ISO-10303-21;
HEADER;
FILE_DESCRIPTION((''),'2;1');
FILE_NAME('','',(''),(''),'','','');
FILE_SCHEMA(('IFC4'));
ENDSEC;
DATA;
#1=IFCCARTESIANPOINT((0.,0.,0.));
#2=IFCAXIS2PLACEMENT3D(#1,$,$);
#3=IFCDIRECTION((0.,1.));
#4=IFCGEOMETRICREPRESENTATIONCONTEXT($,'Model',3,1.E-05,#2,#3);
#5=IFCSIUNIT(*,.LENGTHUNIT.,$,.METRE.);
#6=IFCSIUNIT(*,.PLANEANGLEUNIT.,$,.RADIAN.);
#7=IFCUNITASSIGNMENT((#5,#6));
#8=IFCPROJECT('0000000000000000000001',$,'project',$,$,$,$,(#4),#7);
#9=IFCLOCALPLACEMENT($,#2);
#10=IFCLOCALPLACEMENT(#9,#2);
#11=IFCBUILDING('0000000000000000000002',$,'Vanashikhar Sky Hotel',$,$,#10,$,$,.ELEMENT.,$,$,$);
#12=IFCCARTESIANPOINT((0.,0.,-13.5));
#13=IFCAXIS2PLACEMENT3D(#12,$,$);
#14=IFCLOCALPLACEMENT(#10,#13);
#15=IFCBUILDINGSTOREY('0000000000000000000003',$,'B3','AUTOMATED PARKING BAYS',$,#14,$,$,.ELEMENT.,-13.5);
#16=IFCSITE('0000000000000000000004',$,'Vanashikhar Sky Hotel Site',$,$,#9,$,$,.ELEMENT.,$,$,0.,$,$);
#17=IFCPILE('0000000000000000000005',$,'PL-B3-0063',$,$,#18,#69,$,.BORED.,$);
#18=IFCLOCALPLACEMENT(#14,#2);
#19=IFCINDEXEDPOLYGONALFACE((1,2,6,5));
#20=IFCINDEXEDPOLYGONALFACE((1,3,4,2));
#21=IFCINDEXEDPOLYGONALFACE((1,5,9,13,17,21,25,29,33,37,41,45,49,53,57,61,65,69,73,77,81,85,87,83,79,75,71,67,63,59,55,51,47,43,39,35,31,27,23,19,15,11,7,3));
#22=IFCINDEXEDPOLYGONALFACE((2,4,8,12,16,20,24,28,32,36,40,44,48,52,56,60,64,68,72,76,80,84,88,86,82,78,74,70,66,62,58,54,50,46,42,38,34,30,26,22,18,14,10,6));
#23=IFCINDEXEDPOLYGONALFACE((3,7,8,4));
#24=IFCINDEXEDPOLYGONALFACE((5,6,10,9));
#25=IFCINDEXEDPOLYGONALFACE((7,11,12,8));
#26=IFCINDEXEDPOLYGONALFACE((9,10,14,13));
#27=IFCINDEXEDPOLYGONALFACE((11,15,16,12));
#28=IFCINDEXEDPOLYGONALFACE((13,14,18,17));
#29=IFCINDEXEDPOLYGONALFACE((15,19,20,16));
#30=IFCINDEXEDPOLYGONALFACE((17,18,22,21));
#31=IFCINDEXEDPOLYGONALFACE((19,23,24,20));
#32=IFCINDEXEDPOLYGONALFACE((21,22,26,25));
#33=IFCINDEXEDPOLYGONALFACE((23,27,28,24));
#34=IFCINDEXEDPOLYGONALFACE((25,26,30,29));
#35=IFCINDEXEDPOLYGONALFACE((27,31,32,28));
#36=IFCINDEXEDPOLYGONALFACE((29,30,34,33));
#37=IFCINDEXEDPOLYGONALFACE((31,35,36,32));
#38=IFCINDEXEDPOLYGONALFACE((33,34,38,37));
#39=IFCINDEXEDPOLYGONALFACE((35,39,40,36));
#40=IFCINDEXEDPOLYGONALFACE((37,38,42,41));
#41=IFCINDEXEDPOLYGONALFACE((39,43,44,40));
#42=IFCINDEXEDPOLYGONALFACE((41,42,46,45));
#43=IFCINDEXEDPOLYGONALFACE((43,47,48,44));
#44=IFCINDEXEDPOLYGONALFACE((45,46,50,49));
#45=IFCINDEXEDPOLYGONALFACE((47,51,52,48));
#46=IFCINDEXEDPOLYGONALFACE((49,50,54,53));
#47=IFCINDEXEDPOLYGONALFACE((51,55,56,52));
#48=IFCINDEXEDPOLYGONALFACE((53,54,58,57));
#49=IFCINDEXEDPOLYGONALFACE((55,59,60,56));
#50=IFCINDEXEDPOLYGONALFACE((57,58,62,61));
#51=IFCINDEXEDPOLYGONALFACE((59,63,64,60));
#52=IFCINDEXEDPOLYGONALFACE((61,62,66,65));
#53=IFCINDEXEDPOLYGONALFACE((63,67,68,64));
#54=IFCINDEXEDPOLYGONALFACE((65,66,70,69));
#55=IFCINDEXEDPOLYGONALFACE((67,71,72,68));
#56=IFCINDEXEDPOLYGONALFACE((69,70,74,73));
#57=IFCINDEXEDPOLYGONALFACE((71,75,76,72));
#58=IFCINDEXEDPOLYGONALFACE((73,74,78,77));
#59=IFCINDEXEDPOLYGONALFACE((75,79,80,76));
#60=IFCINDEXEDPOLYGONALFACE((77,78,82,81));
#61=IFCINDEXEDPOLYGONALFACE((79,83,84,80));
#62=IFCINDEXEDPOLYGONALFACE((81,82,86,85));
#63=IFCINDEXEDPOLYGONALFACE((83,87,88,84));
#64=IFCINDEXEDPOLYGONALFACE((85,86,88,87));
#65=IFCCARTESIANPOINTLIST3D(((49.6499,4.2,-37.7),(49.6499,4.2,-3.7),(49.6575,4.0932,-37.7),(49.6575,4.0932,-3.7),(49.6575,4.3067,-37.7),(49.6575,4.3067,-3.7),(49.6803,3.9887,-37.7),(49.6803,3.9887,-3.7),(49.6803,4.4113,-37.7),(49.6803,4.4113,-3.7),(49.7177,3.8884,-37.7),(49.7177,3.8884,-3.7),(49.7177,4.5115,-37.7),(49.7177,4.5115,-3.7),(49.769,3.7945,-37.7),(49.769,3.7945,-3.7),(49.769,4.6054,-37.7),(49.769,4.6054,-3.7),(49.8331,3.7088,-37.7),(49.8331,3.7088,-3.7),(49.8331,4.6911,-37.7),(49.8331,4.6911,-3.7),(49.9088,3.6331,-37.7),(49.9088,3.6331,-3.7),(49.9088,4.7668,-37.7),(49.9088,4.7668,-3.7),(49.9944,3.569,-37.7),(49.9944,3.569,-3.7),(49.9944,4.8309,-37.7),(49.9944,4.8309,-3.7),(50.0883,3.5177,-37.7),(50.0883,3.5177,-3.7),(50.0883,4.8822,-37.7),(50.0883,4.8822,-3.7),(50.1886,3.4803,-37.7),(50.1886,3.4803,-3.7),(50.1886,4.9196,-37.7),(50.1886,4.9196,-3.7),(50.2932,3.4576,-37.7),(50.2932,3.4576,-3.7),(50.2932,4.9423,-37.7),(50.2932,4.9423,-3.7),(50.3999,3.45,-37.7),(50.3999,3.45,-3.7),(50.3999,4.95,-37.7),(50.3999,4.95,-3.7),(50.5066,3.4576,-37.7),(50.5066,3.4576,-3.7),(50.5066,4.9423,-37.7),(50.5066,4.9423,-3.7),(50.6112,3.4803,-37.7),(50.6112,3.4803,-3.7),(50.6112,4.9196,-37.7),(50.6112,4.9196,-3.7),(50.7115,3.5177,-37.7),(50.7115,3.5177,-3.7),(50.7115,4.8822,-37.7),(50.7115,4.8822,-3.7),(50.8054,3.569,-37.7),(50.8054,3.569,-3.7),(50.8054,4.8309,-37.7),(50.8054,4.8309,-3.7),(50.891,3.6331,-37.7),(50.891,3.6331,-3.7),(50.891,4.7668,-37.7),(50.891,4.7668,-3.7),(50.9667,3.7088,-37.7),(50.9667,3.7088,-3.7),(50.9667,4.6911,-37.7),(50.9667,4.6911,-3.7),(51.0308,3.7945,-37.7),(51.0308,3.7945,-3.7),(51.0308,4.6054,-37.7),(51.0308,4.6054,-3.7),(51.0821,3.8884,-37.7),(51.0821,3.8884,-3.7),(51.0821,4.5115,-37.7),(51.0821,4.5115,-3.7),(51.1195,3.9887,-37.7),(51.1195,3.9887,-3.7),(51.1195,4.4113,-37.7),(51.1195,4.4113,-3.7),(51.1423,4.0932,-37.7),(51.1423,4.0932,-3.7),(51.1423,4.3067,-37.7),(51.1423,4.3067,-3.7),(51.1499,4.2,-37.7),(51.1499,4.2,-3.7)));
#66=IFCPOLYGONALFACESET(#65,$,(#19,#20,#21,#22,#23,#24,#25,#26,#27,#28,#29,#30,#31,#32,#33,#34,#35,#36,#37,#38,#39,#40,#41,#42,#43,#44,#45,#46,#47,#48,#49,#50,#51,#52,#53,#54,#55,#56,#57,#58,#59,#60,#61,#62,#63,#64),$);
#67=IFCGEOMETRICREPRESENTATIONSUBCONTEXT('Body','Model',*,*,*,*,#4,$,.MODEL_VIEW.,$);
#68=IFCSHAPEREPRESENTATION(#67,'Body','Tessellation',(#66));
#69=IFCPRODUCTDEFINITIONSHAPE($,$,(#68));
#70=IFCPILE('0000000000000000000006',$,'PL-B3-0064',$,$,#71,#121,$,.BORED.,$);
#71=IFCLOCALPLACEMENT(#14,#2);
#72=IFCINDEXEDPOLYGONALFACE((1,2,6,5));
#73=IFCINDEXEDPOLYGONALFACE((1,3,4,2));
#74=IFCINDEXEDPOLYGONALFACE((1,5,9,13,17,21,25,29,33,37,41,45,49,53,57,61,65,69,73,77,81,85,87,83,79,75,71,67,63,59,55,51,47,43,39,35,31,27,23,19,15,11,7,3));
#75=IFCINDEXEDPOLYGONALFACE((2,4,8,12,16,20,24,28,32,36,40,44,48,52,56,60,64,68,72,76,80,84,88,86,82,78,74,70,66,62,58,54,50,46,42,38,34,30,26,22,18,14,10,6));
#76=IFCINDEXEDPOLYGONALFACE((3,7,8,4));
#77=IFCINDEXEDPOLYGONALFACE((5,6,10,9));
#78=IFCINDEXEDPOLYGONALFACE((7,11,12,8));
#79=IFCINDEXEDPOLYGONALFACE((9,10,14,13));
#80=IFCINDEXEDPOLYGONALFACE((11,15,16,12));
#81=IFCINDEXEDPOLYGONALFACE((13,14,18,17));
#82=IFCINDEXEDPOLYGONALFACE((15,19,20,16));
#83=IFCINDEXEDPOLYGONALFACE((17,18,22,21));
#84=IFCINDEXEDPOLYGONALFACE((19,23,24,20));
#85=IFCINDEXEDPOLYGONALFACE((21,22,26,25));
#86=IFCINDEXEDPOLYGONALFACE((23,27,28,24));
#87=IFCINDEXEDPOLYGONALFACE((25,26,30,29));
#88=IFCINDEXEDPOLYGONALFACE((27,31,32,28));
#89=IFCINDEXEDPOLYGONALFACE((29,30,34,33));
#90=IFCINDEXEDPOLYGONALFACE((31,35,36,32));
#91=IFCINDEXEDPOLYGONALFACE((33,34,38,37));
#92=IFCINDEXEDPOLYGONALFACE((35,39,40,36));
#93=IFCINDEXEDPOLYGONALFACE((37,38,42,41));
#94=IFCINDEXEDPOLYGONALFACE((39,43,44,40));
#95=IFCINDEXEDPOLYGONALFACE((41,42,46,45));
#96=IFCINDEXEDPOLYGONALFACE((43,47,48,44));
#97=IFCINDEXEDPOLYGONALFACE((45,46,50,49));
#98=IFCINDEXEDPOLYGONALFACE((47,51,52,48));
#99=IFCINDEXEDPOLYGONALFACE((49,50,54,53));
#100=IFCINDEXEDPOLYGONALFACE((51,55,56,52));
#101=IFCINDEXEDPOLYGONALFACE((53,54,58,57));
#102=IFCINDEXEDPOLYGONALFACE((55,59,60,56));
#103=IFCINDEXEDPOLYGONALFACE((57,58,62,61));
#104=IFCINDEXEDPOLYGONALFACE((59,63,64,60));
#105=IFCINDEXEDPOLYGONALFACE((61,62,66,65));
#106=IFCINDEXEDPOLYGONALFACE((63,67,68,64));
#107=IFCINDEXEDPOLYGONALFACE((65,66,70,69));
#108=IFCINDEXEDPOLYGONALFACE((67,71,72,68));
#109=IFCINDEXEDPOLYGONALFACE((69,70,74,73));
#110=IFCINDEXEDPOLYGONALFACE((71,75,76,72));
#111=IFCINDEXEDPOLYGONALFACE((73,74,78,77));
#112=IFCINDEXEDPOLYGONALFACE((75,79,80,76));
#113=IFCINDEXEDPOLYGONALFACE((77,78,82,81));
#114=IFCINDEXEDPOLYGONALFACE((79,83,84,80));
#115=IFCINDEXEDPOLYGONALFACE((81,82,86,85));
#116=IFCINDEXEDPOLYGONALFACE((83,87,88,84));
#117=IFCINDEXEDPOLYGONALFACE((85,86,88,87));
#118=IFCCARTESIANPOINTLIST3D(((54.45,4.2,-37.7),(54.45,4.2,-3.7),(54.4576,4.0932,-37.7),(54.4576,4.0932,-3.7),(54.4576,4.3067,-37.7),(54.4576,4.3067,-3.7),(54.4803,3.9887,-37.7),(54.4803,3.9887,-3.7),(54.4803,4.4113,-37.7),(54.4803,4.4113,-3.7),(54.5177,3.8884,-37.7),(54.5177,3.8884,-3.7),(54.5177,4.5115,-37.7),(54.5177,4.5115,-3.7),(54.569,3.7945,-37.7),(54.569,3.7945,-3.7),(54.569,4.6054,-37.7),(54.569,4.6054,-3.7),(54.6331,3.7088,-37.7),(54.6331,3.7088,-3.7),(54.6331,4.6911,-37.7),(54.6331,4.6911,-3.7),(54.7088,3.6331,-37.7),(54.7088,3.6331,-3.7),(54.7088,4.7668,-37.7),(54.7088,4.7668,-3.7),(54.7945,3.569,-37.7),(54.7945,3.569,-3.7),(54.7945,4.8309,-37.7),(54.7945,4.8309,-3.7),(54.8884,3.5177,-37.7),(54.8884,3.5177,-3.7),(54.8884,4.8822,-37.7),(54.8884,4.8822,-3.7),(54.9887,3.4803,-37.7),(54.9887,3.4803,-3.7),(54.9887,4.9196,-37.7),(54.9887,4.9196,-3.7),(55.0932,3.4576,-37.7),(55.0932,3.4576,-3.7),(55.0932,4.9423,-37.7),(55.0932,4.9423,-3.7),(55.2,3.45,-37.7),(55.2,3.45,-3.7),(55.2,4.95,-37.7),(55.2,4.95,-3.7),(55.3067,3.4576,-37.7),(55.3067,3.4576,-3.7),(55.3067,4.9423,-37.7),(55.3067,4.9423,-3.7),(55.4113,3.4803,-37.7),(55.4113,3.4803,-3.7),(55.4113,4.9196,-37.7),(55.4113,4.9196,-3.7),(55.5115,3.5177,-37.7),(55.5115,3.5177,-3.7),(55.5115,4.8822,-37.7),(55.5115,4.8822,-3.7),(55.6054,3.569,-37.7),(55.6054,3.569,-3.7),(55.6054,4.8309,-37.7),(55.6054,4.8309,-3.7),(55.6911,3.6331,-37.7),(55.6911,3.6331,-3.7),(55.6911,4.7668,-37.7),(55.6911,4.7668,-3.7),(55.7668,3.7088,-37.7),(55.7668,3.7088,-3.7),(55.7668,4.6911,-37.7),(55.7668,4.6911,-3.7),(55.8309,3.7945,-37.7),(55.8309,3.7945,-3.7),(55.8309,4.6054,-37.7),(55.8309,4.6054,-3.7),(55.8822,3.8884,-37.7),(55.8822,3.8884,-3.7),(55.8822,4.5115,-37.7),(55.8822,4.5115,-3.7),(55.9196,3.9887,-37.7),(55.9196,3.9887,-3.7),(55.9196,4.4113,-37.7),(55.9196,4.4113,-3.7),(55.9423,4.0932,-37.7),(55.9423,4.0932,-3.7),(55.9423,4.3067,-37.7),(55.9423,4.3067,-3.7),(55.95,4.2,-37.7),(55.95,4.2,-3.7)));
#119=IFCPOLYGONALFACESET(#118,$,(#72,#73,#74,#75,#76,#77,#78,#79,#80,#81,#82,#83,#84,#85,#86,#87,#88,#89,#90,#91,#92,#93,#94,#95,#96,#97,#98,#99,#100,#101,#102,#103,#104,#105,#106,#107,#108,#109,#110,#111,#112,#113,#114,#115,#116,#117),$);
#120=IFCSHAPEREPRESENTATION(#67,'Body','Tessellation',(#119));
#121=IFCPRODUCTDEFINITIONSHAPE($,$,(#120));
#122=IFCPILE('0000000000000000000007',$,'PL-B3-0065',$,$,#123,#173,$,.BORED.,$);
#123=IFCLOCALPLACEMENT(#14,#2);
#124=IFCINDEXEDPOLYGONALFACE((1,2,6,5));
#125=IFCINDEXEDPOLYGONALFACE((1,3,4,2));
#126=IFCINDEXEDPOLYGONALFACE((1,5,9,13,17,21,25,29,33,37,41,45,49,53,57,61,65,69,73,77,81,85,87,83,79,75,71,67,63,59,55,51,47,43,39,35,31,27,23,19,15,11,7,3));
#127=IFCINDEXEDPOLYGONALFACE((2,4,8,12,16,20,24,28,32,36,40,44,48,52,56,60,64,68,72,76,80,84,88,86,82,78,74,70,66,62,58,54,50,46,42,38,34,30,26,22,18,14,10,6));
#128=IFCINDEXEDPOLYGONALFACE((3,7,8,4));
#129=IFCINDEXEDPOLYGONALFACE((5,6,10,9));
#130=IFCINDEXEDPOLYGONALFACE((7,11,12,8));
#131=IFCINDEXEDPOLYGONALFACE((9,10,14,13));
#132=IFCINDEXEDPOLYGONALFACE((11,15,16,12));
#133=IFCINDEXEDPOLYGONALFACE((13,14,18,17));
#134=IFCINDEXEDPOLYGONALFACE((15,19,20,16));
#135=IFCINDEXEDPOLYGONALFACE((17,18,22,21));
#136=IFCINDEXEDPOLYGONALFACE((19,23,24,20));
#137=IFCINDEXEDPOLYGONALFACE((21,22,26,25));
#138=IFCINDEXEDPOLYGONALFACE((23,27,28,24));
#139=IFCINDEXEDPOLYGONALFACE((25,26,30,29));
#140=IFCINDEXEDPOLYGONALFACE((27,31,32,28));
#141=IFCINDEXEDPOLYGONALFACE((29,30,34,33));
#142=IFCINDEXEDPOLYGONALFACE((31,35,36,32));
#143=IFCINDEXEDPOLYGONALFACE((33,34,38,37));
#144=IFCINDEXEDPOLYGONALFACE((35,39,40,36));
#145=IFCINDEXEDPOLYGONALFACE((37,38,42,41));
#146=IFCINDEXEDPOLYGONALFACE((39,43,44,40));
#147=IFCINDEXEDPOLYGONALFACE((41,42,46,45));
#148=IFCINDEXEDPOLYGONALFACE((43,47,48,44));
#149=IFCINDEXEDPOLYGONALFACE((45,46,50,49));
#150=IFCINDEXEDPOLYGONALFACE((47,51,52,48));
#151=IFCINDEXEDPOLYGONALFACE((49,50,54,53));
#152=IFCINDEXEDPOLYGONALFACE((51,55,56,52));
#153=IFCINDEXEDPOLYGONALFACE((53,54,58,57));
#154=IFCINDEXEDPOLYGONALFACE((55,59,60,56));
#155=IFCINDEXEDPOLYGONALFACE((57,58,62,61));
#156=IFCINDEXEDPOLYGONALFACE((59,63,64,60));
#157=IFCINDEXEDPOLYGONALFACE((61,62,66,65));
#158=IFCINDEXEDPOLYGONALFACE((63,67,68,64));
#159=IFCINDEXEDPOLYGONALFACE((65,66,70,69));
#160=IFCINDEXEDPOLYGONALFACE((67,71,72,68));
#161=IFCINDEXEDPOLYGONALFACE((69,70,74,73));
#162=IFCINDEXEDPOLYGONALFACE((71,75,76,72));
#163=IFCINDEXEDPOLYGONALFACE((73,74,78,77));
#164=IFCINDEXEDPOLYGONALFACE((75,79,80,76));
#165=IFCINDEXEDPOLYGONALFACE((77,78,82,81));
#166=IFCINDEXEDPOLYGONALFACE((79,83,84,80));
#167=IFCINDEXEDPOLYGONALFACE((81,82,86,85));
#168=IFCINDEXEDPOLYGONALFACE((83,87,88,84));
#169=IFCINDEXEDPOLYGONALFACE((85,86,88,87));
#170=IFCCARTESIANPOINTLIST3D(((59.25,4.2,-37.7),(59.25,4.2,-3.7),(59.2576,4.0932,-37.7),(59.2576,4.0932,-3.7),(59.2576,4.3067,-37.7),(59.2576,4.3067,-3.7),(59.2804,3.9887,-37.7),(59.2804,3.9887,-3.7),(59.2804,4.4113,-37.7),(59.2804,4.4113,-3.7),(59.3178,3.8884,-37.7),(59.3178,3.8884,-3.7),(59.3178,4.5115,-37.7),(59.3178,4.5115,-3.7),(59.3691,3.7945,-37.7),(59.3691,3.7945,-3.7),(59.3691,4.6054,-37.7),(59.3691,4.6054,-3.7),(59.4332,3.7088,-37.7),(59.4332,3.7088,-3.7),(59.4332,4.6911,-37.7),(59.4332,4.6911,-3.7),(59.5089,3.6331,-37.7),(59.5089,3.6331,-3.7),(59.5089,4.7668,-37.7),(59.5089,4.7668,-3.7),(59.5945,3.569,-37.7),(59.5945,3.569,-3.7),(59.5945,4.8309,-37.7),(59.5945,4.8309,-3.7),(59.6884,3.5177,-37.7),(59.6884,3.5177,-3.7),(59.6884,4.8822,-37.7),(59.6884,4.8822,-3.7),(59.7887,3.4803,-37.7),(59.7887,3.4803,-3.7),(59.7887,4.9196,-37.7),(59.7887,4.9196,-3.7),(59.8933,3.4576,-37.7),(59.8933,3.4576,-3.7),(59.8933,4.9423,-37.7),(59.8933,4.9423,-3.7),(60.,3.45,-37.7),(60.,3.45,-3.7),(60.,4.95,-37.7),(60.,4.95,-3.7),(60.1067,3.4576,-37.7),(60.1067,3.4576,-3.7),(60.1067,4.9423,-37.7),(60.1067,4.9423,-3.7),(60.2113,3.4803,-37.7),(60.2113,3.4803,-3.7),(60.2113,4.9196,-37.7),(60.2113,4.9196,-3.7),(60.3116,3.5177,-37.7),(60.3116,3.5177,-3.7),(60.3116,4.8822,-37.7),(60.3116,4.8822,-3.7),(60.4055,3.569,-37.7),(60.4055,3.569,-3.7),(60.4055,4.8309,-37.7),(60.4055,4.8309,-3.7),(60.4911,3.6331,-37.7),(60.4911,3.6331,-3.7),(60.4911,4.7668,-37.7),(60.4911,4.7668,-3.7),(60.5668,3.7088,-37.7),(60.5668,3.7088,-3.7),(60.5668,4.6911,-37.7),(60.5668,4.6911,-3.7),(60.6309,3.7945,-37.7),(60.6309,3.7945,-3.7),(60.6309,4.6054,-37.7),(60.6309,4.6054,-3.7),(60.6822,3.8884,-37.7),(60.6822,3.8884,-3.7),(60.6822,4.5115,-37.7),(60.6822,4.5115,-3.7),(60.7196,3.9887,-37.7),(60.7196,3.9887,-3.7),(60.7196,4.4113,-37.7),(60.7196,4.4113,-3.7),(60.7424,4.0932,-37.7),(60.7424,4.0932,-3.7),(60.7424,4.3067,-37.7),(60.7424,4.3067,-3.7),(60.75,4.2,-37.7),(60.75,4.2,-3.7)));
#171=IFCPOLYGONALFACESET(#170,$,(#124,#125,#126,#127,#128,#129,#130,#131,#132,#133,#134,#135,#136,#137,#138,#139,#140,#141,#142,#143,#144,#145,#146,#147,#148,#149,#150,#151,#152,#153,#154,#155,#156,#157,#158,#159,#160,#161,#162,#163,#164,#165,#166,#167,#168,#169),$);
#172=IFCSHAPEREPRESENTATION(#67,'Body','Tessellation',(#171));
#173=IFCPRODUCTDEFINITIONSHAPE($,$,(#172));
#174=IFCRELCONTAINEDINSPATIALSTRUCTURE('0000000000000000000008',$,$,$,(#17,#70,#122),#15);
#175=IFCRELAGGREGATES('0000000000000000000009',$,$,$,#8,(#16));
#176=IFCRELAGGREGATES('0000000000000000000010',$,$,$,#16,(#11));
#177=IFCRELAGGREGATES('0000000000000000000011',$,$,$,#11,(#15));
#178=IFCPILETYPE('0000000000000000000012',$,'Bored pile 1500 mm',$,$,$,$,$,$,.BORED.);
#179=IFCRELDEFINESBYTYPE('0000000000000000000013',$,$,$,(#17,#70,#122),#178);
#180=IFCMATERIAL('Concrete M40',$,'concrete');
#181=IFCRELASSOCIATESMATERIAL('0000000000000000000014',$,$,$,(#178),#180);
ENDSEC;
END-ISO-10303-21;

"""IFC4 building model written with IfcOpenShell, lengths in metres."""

from ifc_helpers import new_model, si_unit, direction, frame, origin, origin_2d, place, context, subcontext, project, spatial, circle, extrude, source, transform, mapped, material, type_object, element, save


model = new_model("IFC4")

# Units and contexts
model_context = context("Model", 3, precision=1e-05, world=origin(), true_north=direction((0.0, 1.0)))
body_context = subcontext(model_context, "Body", "Model", "MODEL_VIEW")
ifc_project = project(units=[si_unit("LENGTHUNIT", "METRE"), si_unit("PLANEANGLEUNIT", "RADIAN")], contexts=[model_context])

# Site, building, storey
site_placement = place(None, origin())
site = spatial("IfcSite", under=ifc_project, at=site_placement, Name="Vanashikhar Sky Hotel Site", CompositionType="ELEMENT", RefElevation=0.0)
building_placement = place(site_placement, origin())
building = spatial("IfcBuilding", under=site, at=building_placement, Name="Vanashikhar Sky Hotel", CompositionType="ELEMENT")
storey_placement = place(building_placement, frame((0.0, 0.0, -13.5)))
storey = spatial("IfcBuildingStorey", under=building, at=storey_placement, Name="B3", Description="AUTOMATED PARKING BAYS", CompositionType="ELEMENT", Elevation=-13.5)

# Piles
ifc_material_1 = material(Name="Concrete M40", Category="concrete")
pile_type = type_object("IfcPileType", Name="Bored pile 1500 mm", PredefinedType="BORED", material=ifc_material_1)
shared_shape_1 = source(origin(), body_context, "Body", "SweptSolid", [
    extrude(circle(Radius=0.75, at=origin_2d()), origin(), (0.0, 0.0, 1.0), 34.0),
])
for number, where, z_axis, x_axis, name in (
    (1, (50.3999, 4.2, -3.7), (0.0, 0.0, -1.0), (1.0, 0.0, 0.0), "PL-B3-0063"),
    (2, (55.2, 4.2, -3.7), (0.0, 0.0, -1.0), (1.0, 0.0, 0.0), "PL-B3-0064"),
    (3, (60.0, 4.2, -3.7), (0.0, 0.0, -1.0), (1.0, 0.0, 0.0), "PL-B3-0065"),
):
    element("IfcPile", number, at=place(storey_placement, frame(where, z_axis=z_axis, x_axis=x_axis)), inside=storey, type_object=pile_type, Name=name, PredefinedType="BORED", context=body_context, shape_type="MappedRepresentation", body=[
        mapped(shared_shape_1, transform((0.0, 0.0, 0.0), scale=1.0)),
    ])

save(model, "model.ifc")
